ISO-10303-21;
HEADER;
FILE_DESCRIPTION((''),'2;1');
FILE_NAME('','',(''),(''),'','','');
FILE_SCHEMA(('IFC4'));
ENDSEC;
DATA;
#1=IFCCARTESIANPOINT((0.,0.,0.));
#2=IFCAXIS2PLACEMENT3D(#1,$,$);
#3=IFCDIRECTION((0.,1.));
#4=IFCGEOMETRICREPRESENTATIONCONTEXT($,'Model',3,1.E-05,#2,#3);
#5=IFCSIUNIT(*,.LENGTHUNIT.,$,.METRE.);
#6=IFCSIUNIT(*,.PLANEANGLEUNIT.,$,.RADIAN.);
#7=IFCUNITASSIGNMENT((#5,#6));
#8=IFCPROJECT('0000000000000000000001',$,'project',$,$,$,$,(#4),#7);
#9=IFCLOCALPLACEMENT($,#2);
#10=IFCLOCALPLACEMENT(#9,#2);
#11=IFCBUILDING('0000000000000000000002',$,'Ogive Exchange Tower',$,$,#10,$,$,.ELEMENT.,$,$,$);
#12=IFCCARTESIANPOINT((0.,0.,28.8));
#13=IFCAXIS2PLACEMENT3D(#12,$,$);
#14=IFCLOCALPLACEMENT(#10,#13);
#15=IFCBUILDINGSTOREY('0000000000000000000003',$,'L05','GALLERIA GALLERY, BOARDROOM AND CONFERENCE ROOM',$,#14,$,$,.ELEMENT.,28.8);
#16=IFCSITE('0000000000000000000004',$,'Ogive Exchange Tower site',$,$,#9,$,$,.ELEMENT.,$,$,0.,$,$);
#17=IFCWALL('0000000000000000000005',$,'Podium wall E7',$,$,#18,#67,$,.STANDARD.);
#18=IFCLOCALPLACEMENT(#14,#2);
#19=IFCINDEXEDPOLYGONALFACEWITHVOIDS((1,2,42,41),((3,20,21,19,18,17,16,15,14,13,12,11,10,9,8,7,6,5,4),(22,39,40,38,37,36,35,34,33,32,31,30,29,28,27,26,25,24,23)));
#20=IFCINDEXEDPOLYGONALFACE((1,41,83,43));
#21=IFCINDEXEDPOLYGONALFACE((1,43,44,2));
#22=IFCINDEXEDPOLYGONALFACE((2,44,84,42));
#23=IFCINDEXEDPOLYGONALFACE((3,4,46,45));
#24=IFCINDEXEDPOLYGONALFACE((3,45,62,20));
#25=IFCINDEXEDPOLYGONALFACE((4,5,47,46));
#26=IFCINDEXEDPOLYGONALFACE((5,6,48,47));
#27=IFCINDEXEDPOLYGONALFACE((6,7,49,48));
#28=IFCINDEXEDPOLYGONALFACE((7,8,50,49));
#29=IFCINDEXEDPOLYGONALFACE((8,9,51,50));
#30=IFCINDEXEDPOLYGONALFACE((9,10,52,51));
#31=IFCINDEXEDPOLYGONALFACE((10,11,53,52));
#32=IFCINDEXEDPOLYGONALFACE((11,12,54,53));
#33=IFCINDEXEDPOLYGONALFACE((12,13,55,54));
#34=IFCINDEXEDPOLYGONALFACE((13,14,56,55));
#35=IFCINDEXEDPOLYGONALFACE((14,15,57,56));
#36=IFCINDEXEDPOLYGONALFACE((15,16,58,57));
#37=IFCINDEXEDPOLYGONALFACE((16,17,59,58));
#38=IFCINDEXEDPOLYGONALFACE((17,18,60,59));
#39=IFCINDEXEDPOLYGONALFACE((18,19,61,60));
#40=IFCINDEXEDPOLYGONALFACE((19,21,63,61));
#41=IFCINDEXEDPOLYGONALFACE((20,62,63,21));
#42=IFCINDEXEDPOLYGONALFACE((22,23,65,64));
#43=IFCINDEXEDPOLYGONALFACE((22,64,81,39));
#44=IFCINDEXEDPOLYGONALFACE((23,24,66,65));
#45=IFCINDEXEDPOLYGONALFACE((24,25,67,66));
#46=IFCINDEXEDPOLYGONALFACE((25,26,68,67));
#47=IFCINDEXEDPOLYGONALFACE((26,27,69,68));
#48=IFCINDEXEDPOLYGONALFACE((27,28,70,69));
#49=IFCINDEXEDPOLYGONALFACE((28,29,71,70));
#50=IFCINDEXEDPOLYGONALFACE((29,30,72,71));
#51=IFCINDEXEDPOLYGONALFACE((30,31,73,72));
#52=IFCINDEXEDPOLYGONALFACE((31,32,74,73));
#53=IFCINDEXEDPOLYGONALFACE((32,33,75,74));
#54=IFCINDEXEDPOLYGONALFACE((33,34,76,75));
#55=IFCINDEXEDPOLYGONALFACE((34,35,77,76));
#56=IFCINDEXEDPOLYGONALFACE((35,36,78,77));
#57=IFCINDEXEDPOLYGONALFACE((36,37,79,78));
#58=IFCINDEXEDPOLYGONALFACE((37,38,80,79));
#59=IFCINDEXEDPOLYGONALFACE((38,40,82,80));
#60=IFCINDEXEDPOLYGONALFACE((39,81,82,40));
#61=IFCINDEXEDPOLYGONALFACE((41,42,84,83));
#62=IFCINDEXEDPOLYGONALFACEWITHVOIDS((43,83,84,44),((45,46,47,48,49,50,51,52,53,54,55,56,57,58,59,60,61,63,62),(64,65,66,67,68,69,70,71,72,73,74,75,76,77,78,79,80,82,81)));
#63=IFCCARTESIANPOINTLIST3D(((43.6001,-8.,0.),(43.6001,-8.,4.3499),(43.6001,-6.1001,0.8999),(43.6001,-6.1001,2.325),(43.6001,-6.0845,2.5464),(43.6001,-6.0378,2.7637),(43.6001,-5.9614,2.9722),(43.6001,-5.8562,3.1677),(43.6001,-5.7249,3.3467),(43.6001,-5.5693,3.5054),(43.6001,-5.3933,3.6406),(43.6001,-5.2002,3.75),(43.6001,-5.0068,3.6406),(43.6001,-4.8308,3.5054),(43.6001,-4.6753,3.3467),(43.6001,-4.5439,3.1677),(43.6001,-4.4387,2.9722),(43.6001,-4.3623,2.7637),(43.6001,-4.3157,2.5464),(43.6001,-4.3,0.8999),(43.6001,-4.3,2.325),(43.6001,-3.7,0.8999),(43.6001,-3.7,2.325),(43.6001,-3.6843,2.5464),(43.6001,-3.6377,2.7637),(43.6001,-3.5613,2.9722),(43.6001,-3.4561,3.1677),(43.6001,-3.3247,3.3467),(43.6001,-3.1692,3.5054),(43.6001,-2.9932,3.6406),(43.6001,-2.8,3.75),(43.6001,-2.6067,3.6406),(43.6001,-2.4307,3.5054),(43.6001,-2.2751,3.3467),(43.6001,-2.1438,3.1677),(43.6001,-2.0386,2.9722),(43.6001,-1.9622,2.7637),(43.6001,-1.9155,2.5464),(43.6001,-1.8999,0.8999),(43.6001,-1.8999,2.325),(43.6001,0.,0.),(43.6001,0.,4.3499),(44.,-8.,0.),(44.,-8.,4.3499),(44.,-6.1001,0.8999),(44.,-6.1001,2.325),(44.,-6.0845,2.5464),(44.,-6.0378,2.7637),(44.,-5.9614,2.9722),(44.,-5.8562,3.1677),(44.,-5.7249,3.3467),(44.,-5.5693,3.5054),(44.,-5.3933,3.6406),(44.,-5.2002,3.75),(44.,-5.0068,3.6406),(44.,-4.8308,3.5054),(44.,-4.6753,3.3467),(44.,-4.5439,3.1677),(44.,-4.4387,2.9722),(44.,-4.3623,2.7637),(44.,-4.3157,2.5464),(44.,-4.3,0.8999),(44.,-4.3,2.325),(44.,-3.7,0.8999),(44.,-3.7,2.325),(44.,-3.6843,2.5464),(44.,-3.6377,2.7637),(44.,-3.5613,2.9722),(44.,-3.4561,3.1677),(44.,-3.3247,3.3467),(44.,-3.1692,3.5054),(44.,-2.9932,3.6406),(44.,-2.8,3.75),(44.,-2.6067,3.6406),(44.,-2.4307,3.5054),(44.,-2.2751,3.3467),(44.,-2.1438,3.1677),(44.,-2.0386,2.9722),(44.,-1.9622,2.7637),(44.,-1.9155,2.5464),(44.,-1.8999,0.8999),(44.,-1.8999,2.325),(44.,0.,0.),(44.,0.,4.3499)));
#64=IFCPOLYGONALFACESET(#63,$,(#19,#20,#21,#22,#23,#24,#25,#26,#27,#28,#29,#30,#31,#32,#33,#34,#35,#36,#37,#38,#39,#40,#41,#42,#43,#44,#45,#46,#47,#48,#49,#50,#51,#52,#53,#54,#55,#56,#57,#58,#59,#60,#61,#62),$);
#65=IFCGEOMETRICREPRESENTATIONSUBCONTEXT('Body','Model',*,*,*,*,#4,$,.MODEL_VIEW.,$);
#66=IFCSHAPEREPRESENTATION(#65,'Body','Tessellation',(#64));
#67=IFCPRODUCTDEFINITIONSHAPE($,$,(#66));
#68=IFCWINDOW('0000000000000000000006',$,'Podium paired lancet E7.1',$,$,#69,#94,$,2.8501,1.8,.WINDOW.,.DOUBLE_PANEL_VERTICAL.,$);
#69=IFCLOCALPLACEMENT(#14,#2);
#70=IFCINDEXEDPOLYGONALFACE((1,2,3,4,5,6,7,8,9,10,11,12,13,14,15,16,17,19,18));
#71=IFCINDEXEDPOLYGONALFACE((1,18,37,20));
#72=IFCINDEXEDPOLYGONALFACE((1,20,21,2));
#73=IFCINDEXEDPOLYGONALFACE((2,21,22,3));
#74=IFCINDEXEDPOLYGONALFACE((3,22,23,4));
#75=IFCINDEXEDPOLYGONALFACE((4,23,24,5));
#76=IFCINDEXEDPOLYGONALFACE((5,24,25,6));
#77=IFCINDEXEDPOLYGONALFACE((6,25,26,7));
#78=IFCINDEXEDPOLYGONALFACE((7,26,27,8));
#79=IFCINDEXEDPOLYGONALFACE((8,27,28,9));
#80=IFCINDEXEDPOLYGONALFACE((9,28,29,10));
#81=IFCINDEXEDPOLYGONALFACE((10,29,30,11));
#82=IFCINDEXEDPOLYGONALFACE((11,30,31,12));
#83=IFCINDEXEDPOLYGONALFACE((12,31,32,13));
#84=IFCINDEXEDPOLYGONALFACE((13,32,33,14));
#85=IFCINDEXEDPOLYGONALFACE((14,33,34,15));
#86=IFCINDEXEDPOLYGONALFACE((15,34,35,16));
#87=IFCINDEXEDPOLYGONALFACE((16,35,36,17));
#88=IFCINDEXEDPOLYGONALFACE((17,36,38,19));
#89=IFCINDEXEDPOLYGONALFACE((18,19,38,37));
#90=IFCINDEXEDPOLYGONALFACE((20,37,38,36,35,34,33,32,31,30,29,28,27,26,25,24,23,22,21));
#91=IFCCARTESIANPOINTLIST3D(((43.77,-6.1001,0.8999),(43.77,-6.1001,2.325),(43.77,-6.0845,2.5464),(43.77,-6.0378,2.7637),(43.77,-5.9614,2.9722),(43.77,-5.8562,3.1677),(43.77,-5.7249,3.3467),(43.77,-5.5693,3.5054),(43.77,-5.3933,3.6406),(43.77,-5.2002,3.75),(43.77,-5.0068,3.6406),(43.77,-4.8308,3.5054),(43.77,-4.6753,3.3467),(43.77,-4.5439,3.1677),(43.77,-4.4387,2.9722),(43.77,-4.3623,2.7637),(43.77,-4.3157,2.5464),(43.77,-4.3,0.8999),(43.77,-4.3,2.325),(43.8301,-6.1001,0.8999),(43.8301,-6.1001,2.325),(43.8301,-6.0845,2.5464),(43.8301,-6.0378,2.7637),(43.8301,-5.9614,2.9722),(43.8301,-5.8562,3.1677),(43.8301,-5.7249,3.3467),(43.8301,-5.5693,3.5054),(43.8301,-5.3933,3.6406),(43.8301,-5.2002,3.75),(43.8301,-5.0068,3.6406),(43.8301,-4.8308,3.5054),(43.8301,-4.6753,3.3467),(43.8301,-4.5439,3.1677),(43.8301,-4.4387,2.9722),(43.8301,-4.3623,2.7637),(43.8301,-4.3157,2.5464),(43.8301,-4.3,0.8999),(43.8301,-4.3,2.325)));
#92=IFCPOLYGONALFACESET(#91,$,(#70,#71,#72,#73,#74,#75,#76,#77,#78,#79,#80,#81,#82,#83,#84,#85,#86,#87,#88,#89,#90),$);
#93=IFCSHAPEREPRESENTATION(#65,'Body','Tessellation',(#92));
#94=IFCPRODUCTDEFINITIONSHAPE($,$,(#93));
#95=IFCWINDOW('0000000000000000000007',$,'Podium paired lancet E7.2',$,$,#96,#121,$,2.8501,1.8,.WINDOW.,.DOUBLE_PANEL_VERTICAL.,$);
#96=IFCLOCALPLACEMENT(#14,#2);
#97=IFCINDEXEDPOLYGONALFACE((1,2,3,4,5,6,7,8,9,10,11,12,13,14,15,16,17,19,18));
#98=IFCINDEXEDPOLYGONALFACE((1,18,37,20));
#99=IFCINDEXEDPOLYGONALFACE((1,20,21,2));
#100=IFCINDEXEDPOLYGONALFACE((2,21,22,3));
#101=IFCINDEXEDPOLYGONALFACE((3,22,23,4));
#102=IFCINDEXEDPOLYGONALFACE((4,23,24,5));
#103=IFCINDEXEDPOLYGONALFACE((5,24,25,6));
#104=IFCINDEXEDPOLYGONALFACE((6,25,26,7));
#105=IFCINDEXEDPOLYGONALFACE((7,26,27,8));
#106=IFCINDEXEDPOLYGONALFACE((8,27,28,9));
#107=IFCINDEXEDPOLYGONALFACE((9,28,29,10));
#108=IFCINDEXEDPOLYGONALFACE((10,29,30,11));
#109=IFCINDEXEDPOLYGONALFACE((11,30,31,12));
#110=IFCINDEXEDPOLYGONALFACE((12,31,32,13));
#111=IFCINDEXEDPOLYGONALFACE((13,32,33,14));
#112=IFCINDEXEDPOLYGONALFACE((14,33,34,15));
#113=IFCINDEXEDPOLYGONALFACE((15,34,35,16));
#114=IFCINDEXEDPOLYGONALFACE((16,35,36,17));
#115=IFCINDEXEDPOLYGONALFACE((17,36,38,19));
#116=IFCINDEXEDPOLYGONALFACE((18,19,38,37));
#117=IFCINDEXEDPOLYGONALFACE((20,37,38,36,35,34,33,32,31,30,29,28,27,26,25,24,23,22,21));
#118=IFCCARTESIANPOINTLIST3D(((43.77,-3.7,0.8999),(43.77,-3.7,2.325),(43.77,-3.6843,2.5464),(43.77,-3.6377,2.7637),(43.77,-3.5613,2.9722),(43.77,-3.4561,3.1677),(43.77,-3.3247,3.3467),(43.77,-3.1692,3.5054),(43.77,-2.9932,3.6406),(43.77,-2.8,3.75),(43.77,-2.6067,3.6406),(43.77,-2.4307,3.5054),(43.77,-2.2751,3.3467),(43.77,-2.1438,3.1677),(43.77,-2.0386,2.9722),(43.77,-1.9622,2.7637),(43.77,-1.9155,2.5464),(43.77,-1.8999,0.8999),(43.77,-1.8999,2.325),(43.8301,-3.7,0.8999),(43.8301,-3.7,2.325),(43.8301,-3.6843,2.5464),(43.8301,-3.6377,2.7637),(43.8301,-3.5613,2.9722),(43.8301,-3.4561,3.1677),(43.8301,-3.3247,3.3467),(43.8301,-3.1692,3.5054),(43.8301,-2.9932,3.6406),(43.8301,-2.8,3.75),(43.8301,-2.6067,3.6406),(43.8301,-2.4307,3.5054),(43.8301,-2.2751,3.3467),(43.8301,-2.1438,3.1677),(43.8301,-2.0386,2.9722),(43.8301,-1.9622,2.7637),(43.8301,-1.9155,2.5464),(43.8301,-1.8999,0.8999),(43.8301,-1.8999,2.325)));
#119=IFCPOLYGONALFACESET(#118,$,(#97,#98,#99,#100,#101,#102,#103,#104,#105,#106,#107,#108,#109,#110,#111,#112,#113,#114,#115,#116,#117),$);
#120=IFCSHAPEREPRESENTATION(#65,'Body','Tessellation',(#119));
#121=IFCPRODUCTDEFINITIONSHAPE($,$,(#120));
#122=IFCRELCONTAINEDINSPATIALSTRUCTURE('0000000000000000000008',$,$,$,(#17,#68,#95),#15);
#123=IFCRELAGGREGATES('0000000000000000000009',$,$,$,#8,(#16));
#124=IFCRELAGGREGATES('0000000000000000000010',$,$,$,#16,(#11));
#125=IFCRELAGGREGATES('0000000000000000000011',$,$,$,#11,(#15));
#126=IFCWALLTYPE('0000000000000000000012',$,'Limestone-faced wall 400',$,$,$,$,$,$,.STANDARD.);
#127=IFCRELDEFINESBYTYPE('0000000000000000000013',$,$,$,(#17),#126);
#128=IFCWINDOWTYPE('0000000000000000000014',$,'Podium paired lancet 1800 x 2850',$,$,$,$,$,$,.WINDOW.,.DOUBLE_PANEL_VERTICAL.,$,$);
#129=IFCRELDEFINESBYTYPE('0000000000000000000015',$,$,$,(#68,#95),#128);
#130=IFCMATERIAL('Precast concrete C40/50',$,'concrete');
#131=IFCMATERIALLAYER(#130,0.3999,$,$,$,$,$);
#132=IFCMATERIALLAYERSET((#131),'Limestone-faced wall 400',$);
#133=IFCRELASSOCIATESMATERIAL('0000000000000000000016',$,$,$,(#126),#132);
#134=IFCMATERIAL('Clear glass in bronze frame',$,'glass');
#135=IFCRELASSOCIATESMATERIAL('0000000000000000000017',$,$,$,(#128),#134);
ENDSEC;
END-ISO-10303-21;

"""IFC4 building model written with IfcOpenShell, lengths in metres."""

from ifc_helpers import new_model, si_unit, direction, frame, frame_2d, origin, place, context, subcontext, project, spatial, polyline, rectangle, outline, extrude, material, layer, layer_set, type_object, element, fill, save


model = new_model("IFC4")

# Units and contexts
model_context = context("Model", 3, precision=1e-05, world=origin(), true_north=direction((0.0, 1.0)))
body_context = subcontext(model_context, "Body", "Model", "MODEL_VIEW")
ifc_project = project(units=[si_unit("LENGTHUNIT", "METRE"), si_unit("PLANEANGLEUNIT", "RADIAN")], contexts=[model_context])

# Site, building, storey
site_placement = place(None, origin())
site = spatial("IfcSite", under=ifc_project, at=site_placement, Name="Ogive Exchange Tower site", CompositionType="ELEMENT", RefElevation=0.0)
building_placement = place(site_placement, origin())
building = spatial("IfcBuilding", under=site, at=building_placement, Name="Ogive Exchange Tower", CompositionType="ELEMENT")
storey_placement = place(building_placement, frame((0.0, 0.0, 28.8)))
storey = spatial("IfcBuildingStorey", under=building, at=storey_placement, Name="L05", Description="GALLERIA GALLERY, BOARDROOM AND CONFERENCE ROOM", CompositionType="ELEMENT", Elevation=28.8)

# Wall, openings, windows
ifc_material_1 = material(Name="Precast concrete C40/50", Category="concrete")
ifc_layer_1 = layer(ifc_material_1, 0.3999)
ifc_layer_set_1 = layer_set([ifc_layer_1], Name="Limestone-faced wall 400")
wall_type_1 = type_object("IfcWallType", Name="Limestone-faced wall 400", PredefinedType="STANDARD", material=ifc_layer_set_1)
wall_1_placement = place(storey_placement, frame((43.8, -8.0, 0.0), z_axis=(0.0, 0.0, 1.0), x_axis=(0.0, 1.0, 0.0)))
wall_1 = element("IfcWall", 1, at=wall_1_placement, inside=storey, type_object=wall_type_1, Name="Podium wall E7", PredefinedType="STANDARD", context=body_context, shape_type="SweptSolid", body=[
    extrude(rectangle(XDim=8.0, YDim=0.3999, at=frame_2d((4.0, 0.0))), origin(), (0.0, 0.0, 1.0), 4.3499),
])
opening_1_placement = place(wall_1_placement, frame((1.8999, 0.0, 0.8999)))
opening_1 = element("IfcOpeningElement", 2, at=opening_1_placement, cuts=wall_1, PredefinedType="OPENING", context=body_context, shape_type="SweptSolid", body=[
    extrude(outline(polyline([(0.0, 0.0), (1.8, 0.0), (1.8, 1.425), (1.7844, 1.6465), (1.7378, 1.8638), (1.6614, 2.0723), (1.5562, 2.2678), (1.4248, 2.4468), (1.2693, 2.6055), (1.0933, 2.7407), (0.8999, 2.8501), (0.7068, 2.7407), (0.5308, 2.6055), (0.3752, 2.4468), (0.2439, 2.2678), (0.1387, 2.0723), (0.0623, 1.8638), (0.0156, 1.6465), (0.0, 1.425), (0.0, 0.0)])), frame((0.0, 0.21, 0.0), z_axis=(0.0, -1.0, 0.0), x_axis=(1.0, 0.0, 0.0)), (0.0, 0.0, 1.0), 0.4199),
])
opening_2_placement = place(wall_1_placement, frame((4.3, 0.0, 0.8999)))
opening_2 = element("IfcOpeningElement", 3, at=opening_2_placement, cuts=wall_1, PredefinedType="OPENING", context=body_context, shape_type="SweptSolid", body=[
    extrude(outline(polyline([(0.0, 0.0), (1.8, 0.0), (1.8, 1.425), (1.7844, 1.6465), (1.7378, 1.8638), (1.6614, 2.0723), (1.5562, 2.2678), (1.4248, 2.4468), (1.2693, 2.6055), (1.0933, 2.7407), (0.8999, 2.8501), (0.7068, 2.7407), (0.5308, 2.6055), (0.3752, 2.4468), (0.2439, 2.2678), (0.1387, 2.0723), (0.0623, 1.8638), (0.0156, 1.6465), (0.0, 1.425), (0.0, 0.0)])), frame((0.0, 0.21, 0.0), z_axis=(0.0, -1.0, 0.0), x_axis=(1.0, 0.0, 0.0)), (0.0, 0.0, 1.0), 0.4199),
])
ifc_material_2 = material(Name="Clear glass in bronze frame", Category="glass")
window_type = type_object("IfcWindowType", Name="Podium paired lancet 1800 x 2850", PartitioningType="DOUBLE_PANEL_VERTICAL", PredefinedType="WINDOW", material=ifc_material_2)
window_1_placement = place(opening_1_placement, origin())
window_1 = element("IfcWindow", 4, at=window_1_placement, inside=storey, type_object=window_type, Name="Podium paired lancet E7.1", OverallHeight=2.8501, OverallWidth=1.8, PartitioningType="DOUBLE_PANEL_VERTICAL", PredefinedType="WINDOW", context=body_context, shape_type="SweptSolid", body=[
    extrude(outline(polyline([(0.0, 0.0), (1.8, 0.0), (1.8, 1.425), (1.7844, 1.6465), (1.7378, 1.8638), (1.6614, 2.0723), (1.5562, 2.2678), (1.4248, 2.4468), (1.2693, 2.6055), (1.0933, 2.7407), (0.8999, 2.8501), (0.7068, 2.7407), (0.5308, 2.6055), (0.3752, 2.4468), (0.2439, 2.2678), (0.1387, 2.0723), (0.0623, 1.8638), (0.0156, 1.6465), (0.0, 1.425), (0.0, 0.0)])), frame((0.0, 0.03, 0.0), z_axis=(0.0, -1.0, 0.0), x_axis=(1.0, 0.0, 0.0)), (0.0, 0.0, 1.0), 0.0601),
])
fill(opening_1, window_1)
window_2_placement = place(opening_2_placement, origin())
window_2 = element("IfcWindow", 5, at=window_2_placement, inside=storey, type_object=window_type, Name="Podium paired lancet E7.2", OverallHeight=2.8501, OverallWidth=1.8, PartitioningType="DOUBLE_PANEL_VERTICAL", PredefinedType="WINDOW", context=body_context, shape_type="SweptSolid", body=[
    extrude(outline(polyline([(0.0, 0.0), (1.8, 0.0), (1.8, 1.425), (1.7844, 1.6465), (1.7378, 1.8638), (1.6614, 2.0723), (1.5562, 2.2678), (1.4248, 2.4468), (1.2693, 2.6055), (1.0933, 2.7407), (0.8999, 2.8501), (0.7068, 2.7407), (0.5308, 2.6055), (0.3752, 2.4468), (0.2439, 2.2678), (0.1387, 2.0723), (0.0623, 1.8638), (0.0156, 1.6465), (0.0, 1.425), (0.0, 0.0)])), frame((0.0, 0.03, 0.0), z_axis=(0.0, -1.0, 0.0), x_axis=(1.0, 0.0, 0.0)), (0.0, 0.0, 1.0), 0.0601),
])
fill(opening_2, window_2)

save(model, "model.ifc")
